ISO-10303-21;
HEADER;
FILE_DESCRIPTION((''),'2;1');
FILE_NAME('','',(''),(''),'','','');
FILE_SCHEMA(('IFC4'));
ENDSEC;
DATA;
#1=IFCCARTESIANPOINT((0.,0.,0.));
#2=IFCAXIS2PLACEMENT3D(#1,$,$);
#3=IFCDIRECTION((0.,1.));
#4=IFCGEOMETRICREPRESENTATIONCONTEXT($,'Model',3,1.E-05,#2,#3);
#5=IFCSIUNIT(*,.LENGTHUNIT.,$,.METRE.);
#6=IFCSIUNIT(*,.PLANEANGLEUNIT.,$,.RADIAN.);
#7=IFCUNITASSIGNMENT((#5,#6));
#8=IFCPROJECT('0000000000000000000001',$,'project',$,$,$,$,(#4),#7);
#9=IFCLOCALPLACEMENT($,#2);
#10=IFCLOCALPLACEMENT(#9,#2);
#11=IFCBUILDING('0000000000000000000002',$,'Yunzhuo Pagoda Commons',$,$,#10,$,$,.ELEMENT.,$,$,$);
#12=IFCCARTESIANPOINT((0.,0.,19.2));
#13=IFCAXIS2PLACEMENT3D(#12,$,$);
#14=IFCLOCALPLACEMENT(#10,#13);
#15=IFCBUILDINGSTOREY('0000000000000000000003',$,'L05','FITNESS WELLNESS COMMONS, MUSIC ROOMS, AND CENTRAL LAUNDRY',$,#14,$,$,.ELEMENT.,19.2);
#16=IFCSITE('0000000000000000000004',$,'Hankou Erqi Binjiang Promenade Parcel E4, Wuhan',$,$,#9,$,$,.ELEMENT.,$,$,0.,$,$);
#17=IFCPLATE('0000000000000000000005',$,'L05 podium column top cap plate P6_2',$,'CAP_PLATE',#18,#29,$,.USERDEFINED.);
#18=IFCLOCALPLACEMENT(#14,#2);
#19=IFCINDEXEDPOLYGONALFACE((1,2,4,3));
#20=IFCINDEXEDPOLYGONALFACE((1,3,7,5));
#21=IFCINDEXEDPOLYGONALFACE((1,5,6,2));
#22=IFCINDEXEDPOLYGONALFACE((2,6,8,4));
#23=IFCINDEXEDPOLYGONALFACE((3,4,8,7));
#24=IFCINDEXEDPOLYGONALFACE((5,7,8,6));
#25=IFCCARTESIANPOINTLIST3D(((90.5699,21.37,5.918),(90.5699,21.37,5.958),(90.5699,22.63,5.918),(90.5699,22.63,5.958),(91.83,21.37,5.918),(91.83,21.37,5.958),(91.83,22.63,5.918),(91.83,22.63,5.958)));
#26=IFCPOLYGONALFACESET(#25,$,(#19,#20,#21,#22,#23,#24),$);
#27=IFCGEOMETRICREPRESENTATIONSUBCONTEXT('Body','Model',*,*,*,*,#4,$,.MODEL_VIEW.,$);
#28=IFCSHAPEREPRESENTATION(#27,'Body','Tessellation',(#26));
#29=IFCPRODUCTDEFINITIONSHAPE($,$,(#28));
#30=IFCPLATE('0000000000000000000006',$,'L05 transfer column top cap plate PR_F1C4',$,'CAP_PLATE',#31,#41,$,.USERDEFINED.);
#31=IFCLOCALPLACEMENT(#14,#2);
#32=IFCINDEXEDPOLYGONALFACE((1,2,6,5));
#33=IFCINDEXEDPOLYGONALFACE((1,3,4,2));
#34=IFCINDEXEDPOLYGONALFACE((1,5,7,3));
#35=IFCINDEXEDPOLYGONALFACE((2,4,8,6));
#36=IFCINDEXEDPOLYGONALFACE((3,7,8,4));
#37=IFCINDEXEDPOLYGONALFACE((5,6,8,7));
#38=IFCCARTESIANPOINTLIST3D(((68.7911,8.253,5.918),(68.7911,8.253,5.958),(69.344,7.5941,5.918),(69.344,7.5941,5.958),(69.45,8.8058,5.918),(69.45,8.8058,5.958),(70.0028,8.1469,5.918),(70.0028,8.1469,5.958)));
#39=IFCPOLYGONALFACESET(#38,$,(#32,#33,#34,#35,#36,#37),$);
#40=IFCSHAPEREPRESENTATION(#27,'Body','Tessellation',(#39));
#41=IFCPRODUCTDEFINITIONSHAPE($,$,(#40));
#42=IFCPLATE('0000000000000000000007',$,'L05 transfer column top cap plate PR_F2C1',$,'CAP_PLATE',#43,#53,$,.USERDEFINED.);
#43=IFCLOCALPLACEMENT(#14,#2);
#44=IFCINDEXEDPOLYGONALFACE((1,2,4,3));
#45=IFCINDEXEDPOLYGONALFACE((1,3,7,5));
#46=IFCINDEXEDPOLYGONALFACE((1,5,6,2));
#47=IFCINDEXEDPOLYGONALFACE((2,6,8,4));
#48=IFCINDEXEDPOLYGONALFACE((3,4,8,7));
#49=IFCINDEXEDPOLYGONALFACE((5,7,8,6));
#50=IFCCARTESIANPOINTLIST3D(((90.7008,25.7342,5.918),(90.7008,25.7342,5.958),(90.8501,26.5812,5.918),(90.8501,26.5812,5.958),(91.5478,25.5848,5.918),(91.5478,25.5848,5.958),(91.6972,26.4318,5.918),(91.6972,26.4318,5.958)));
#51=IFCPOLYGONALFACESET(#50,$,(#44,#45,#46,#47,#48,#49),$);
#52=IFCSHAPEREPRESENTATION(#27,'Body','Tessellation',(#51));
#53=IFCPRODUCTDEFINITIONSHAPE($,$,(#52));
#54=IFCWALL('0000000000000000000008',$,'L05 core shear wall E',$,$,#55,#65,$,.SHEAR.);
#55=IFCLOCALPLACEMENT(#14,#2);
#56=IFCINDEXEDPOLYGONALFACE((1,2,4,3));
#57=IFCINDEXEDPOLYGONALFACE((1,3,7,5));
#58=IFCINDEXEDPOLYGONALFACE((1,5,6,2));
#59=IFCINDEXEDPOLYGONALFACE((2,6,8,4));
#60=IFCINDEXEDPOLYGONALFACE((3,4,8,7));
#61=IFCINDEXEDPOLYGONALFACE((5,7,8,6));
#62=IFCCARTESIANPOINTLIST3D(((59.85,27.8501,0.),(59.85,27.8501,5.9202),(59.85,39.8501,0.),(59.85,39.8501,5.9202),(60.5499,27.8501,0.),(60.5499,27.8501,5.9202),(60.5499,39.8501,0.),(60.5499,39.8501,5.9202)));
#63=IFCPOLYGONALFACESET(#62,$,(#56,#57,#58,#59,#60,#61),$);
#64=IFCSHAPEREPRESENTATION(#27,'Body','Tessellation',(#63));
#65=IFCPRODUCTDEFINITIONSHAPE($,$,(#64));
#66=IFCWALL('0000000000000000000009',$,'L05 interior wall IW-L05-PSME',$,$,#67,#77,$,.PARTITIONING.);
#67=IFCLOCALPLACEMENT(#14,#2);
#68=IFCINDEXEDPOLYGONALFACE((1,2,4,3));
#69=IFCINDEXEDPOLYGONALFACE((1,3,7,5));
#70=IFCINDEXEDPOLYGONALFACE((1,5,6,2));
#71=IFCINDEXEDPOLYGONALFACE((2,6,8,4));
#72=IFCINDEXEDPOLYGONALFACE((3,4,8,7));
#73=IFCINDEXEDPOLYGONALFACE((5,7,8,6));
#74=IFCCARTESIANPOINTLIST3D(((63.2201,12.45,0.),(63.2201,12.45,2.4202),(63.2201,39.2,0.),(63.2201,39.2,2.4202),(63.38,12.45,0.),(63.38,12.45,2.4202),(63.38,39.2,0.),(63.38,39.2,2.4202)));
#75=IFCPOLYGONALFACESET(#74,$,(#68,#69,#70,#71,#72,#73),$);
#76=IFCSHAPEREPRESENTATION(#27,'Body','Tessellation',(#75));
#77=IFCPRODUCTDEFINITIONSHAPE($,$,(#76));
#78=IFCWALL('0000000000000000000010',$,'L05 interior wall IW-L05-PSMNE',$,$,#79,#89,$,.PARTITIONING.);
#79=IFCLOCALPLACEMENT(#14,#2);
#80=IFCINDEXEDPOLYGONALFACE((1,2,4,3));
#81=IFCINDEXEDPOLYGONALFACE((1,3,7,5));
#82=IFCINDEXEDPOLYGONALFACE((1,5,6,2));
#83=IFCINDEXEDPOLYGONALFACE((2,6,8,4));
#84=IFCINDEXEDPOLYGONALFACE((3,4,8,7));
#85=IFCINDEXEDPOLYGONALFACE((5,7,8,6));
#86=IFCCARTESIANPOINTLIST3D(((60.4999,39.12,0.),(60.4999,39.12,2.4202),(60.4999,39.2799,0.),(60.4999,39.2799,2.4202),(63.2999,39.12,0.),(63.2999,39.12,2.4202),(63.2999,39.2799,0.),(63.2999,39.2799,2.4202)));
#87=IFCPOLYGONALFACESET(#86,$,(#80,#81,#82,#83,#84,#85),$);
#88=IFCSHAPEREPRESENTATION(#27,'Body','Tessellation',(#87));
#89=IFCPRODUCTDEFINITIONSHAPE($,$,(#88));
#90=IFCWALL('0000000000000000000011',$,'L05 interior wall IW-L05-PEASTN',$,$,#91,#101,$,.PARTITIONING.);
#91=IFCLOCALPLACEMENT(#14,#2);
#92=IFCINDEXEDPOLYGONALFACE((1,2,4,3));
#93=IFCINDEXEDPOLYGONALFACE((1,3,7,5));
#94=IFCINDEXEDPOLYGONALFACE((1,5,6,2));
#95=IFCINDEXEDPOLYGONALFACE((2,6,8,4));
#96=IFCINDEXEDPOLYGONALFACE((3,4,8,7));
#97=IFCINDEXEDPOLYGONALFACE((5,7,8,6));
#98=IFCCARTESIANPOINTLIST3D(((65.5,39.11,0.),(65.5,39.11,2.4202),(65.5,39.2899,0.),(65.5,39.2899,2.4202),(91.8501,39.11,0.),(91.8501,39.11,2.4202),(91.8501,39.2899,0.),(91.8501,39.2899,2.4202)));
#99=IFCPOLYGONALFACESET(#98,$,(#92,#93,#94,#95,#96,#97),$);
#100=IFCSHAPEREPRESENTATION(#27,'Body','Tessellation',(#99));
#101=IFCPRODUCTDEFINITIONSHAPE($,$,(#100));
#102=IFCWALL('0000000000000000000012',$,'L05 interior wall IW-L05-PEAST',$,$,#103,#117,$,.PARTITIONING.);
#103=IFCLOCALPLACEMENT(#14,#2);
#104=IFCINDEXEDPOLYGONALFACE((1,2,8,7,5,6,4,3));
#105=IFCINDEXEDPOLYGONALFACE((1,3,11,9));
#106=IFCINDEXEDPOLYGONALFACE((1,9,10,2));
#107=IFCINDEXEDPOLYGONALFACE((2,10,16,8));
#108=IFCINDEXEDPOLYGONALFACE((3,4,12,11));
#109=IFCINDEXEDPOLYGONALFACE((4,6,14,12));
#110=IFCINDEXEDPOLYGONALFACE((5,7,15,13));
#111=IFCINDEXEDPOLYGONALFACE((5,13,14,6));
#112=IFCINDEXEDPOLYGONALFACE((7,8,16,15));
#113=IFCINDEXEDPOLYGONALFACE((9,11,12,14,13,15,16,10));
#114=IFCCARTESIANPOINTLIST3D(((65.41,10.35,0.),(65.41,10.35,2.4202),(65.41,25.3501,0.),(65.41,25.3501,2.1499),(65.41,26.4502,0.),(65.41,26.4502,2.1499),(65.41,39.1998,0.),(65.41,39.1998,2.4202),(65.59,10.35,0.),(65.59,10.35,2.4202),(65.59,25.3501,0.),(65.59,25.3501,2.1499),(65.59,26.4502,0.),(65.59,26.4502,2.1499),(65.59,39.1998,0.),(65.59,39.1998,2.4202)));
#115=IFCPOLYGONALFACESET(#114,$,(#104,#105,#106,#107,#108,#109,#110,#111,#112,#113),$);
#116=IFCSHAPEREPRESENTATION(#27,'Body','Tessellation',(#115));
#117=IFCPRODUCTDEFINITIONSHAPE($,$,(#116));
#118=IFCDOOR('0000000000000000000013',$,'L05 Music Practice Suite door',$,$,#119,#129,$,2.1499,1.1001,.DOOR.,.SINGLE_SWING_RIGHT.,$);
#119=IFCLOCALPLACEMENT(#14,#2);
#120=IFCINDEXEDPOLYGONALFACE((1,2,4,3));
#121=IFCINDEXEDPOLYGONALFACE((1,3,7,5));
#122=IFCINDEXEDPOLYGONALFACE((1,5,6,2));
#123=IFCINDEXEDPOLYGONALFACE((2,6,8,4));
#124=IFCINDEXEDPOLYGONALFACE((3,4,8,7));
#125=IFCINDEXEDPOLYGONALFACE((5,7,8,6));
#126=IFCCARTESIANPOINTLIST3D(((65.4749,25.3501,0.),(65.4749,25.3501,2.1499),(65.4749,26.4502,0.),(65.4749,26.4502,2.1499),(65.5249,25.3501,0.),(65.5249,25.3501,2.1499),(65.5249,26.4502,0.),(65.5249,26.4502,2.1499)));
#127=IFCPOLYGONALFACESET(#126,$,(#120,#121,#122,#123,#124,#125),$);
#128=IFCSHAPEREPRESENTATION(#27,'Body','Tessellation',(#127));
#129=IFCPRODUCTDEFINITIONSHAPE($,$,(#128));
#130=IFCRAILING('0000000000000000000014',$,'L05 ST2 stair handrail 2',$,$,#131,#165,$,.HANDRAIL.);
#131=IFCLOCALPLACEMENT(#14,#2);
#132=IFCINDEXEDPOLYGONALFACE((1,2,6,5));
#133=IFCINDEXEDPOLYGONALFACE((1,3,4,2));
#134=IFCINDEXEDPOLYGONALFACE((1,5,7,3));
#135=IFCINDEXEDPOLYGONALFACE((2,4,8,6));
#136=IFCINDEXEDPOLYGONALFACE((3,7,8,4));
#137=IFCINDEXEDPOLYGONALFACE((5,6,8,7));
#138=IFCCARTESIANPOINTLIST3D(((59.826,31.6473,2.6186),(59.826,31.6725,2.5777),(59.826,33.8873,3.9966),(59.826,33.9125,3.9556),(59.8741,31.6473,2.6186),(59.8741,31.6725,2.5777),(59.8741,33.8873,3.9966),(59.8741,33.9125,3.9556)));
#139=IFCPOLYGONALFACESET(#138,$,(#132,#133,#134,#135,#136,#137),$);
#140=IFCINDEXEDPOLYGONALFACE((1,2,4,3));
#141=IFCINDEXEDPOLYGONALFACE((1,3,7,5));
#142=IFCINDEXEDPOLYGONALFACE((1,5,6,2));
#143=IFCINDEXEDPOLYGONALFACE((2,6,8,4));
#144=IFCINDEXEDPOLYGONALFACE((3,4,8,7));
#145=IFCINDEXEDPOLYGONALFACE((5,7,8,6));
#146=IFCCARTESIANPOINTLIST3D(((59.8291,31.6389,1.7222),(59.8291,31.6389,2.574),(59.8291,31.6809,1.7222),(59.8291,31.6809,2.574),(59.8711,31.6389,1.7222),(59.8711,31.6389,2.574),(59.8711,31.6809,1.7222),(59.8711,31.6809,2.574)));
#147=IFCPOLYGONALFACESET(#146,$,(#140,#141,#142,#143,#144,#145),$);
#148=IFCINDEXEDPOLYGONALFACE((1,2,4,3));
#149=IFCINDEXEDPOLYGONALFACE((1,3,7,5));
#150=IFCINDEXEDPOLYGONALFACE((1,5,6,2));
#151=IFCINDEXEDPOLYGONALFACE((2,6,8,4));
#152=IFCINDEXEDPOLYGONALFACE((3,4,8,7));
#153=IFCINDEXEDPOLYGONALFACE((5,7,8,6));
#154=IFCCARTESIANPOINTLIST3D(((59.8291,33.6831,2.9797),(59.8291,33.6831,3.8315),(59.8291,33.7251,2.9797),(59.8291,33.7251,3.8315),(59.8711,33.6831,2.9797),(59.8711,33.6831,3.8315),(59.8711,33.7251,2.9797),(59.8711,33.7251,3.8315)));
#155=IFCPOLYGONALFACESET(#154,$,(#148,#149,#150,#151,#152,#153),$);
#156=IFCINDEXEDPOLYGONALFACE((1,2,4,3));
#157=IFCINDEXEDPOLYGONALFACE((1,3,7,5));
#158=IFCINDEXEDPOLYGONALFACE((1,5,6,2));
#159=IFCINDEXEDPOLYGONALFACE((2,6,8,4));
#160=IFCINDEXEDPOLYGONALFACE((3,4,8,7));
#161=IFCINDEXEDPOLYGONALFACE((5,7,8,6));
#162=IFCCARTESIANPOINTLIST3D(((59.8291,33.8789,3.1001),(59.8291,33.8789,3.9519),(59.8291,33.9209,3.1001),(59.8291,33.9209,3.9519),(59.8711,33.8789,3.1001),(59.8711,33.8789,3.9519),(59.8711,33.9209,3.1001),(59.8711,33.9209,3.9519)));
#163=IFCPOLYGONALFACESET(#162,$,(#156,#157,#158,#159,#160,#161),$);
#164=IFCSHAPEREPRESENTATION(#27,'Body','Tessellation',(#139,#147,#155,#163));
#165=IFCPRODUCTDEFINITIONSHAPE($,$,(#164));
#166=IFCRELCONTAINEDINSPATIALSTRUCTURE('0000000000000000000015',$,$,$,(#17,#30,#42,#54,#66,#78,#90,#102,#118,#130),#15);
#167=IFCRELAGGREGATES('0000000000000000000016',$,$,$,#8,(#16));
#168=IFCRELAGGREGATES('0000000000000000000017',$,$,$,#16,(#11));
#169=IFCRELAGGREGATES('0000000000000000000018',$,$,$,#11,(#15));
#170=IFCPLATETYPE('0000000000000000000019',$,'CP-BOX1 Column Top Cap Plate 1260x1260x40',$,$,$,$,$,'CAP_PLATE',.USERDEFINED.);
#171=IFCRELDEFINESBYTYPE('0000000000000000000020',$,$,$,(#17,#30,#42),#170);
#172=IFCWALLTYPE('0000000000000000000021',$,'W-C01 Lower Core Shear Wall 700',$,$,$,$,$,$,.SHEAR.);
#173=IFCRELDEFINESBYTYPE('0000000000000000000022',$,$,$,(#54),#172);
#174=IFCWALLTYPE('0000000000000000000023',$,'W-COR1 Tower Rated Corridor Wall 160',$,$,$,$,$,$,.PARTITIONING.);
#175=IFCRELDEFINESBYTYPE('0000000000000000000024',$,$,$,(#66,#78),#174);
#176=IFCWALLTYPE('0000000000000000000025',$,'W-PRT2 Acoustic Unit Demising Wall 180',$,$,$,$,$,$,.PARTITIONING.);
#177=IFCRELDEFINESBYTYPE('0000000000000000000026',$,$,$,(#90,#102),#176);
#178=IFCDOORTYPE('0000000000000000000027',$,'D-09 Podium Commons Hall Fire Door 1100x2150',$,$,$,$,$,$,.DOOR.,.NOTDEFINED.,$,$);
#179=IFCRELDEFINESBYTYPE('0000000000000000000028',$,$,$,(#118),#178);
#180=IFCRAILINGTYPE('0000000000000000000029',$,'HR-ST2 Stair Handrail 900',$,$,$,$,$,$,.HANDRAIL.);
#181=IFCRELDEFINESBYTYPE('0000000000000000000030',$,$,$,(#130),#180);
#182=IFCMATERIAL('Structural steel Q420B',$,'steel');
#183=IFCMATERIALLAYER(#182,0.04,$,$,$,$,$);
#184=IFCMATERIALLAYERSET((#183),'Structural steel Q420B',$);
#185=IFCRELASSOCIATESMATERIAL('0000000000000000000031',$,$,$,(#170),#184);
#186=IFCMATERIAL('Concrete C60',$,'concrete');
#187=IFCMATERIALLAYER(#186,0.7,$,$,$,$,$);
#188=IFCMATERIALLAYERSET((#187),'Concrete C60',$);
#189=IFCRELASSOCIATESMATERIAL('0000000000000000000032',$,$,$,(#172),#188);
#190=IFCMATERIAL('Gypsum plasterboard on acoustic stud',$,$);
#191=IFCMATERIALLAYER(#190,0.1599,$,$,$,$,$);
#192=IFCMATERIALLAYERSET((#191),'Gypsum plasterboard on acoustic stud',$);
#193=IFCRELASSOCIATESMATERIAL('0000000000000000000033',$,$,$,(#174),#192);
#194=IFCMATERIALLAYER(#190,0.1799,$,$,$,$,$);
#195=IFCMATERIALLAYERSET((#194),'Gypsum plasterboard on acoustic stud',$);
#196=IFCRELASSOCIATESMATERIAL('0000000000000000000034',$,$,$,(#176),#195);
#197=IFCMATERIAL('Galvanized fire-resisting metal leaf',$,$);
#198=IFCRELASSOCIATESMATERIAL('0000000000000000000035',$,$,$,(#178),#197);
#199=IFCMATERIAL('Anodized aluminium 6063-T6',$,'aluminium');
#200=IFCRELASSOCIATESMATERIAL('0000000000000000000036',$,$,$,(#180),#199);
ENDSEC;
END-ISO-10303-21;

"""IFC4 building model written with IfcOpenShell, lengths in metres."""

from ifc_helpers import new_model, si_unit, direction, frame, frame_2d, origin, origin_2d, place, context, subcontext, project, spatial, rectangle, extrude, source, transform, mapped, material, layer, layer_set, type_object, element, fill, save


model = new_model("IFC4")

# Units and contexts
model_context = context("Model", 3, precision=1e-05, world=origin(), true_north=direction((0.0, 1.0)))
body_context = subcontext(model_context, "Body", "Model", "MODEL_VIEW")
ifc_project = project(units=[si_unit("LENGTHUNIT", "METRE"), si_unit("PLANEANGLEUNIT", "RADIAN")], contexts=[model_context])

# Site, building, storey
site_placement = place(None, origin())
site = spatial("IfcSite", under=ifc_project, at=site_placement, Name="Hankou Erqi Binjiang Promenade Parcel E4, Wuhan", CompositionType="ELEMENT", RefElevation=0.0)
building_placement = place(site_placement, origin())
building = spatial("IfcBuilding", under=site, at=building_placement, Name="Yunzhuo Pagoda Commons", CompositionType="ELEMENT")
storey_placement = place(building_placement, frame((0.0, 0.0, 19.2)))
storey = spatial("IfcBuildingStorey", under=building, at=storey_placement, Name="L05", Description="FITNESS WELLNESS COMMONS, MUSIC ROOMS, AND CENTRAL LAUNDRY", CompositionType="ELEMENT", Elevation=19.2)

# Shared definitions
ifc_material_1 = material(Name="Structural steel Q420B", Category="steel")

# Plates
ifc_layer_1 = layer(ifc_material_1, 0.04)
ifc_layer_set_1 = layer_set([ifc_layer_1], Name="Structural steel Q420B")
plate_type = type_object("IfcPlateType", Name="CP-BOX1 Column Top Cap Plate 1260x1260x40", ElementType="CAP_PLATE", PredefinedType="USERDEFINED", material=ifc_layer_set_1)
shared_shape_1 = source(origin(), body_context, "Body", "SweptSolid", [
    extrude(rectangle(XDim=1.26, YDim=1.26, at=origin_2d()), origin(), (0.0, 0.0, 1.0), 0.04),
])
for number, where, z_axis, x_axis, name in (
    (1, (91.2, 22.0, 5.918), (0.0, 0.0, 1.0), (1.0, 0.0, 0.0), "L05 podium column top cap plate P6_2"),
):
    element("IfcPlate", number, at=place(storey_placement, frame(where, z_axis=z_axis, x_axis=x_axis)), inside=storey, type_object=plate_type, Name=name, ObjectType="CAP_PLATE", PredefinedType="USERDEFINED", context=body_context, shape_type="MappedRepresentation", body=[
        mapped(shared_shape_1, transform((0.0, 0.0, 0.0), scale=1.0)),
    ])
shared_shape_2 = source(origin(), body_context, "Body", "SweptSolid", [
    extrude(rectangle(XDim=0.8601, YDim=0.8601, at=origin_2d()), origin(), (0.0, 0.0, 1.0), 0.04),
])
for number, where, z_axis, x_axis, name in (
    (2, (69.397, 8.2, 5.918), (0.0, 0.0, 1.0), (0.766044, 0.642788, 0.0), "L05 transfer column top cap plate PR_F1C4"),
    (3, (91.199, 26.083, 5.918), (0.0, 0.0, 1.0), (0.173648, 0.984808, 0.0), "L05 transfer column top cap plate PR_F2C1"),
):
    element("IfcPlate", number, at=place(storey_placement, frame(where, z_axis=z_axis, x_axis=x_axis)), inside=storey, type_object=plate_type, Name=name, ObjectType="CAP_PLATE", PredefinedType="USERDEFINED", context=body_context, shape_type="MappedRepresentation", body=[
        mapped(shared_shape_2, transform((0.0, 0.0, 0.0), scale=1.0)),
    ])

# Walls
ifc_material_2 = material(Name="Concrete C60", Category="concrete")
ifc_layer_2 = layer(ifc_material_2, 0.7)
ifc_layer_set_2 = layer_set([ifc_layer_2], Name="Concrete C60")
wall_type_1 = type_object("IfcWallType", Name="W-C01 Lower Core Shear Wall 700", PredefinedType="SHEAR", material=ifc_layer_set_2)
wall_1_placement = place(storey_placement, frame((60.2, 27.8501, 0.0), z_axis=(0.0, 0.0, 1.0), x_axis=(0.0, 1.0, 0.0)))
element("IfcWall", 4, at=wall_1_placement, inside=storey, type_object=wall_type_1, Name="L05 core shear wall E", PredefinedType="SHEAR", context=body_context, shape_type="SweptSolid", body=[
    extrude(rectangle(XDim=12.0, YDim=0.7, at=frame_2d((6.0, 0.0))), origin(), (0.0, 0.0, 1.0), 5.9202),
])
ifc_material_3 = material(Name="Gypsum plasterboard on acoustic stud")
ifc_layer_3 = layer(ifc_material_3, 0.1599)
ifc_layer_set_3 = layer_set([ifc_layer_3], Name="Gypsum plasterboard on acoustic stud")
wall_type_2 = type_object("IfcWallType", Name="W-COR1 Tower Rated Corridor Wall 160", PredefinedType="PARTITIONING", material=ifc_layer_set_3)
wall_2_placement = place(storey_placement, frame((63.3, 12.45, 0.0), z_axis=(0.0, 0.0, 1.0), x_axis=(0.0, 1.0, 0.0)))
element("IfcWall", 5, at=wall_2_placement, inside=storey, type_object=wall_type_2, Name="L05 interior wall IW-L05-PSME", PredefinedType="PARTITIONING", context=body_context, shape_type="SweptSolid", body=[
    extrude(rectangle(XDim=26.75, YDim=0.1599, at=frame_2d((13.375, 0.0))), origin(), (0.0, 0.0, 1.0), 2.4202),
])
wall_3_placement = place(storey_placement, frame((60.5, 39.2, 0.0), z_axis=(0.0, 0.0, 1.0), x_axis=(1.0, 0.0, 0.0)))
element("IfcWall", 6, at=wall_3_placement, inside=storey, type_object=wall_type_2, Name="L05 interior wall IW-L05-PSMNE", PredefinedType="PARTITIONING", context=body_context, shape_type="SweptSolid", body=[
    extrude(rectangle(XDim=2.8, YDim=0.1599, at=frame_2d((1.3999, 0.0))), origin(), (0.0, 0.0, 1.0), 2.4202),
])
ifc_layer_4 = layer(ifc_material_3, 0.1799)
ifc_layer_set_4 = layer_set([ifc_layer_4], Name="Gypsum plasterboard on acoustic stud")
wall_type_3 = type_object("IfcWallType", Name="W-PRT2 Acoustic Unit Demising Wall 180", PredefinedType="PARTITIONING", material=ifc_layer_set_4)
wall_4_placement = place(storey_placement, frame((65.5, 39.2, 0.0), z_axis=(0.0, 0.0, 1.0), x_axis=(1.0, 0.0, 0.0)))
element("IfcWall", 7, at=wall_4_placement, inside=storey, type_object=wall_type_3, Name="L05 interior wall IW-L05-PEASTN", PredefinedType="PARTITIONING", context=body_context, shape_type="SweptSolid", body=[
    extrude(rectangle(XDim=26.3501, YDim=0.1799, at=frame_2d((13.175, 0.0))), origin(), (0.0, 0.0, 1.0), 2.4202),
])

# Wall, opening, door
wall_5_placement = place(storey_placement, frame((65.5, 10.3501, 0.0), z_axis=(0.0, 0.0, 1.0), x_axis=(0.0, 1.0, 0.0)))
wall_5 = element("IfcWall", 8, at=wall_5_placement, inside=storey, type_object=wall_type_3, Name="L05 interior wall IW-L05-PEAST", PredefinedType="PARTITIONING", context=body_context, shape_type="SweptSolid", body=[
    extrude(rectangle(XDim=28.8499, YDim=0.1799, at=frame_2d((14.4248, 0.0))), origin(), (0.0, 0.0, 1.0), 2.4202),
])
opening_placement = place(wall_5_placement, frame((15.0, 0.0, 0.0)))
opening = element("IfcOpeningElement", 9, at=opening_placement, cuts=wall_5, PredefinedType="OPENING", context=body_context, shape_type="SweptSolid", body=[
    extrude(rectangle(XDim=1.1001, YDim=2.1499, at=frame_2d((0.55, 1.075))), frame((0.0, 0.1001, 0.0), z_axis=(0.0, -1.0, 0.0), x_axis=(1.0, 0.0, 0.0)), (0.0, 0.0, 1.0), 0.2),
])
ifc_material_4 = material(Name="Galvanized fire-resisting metal leaf")
door_type = type_object("IfcDoorType", Name="D-09 Podium Commons Hall Fire Door 1100x2150", OperationType="NOTDEFINED", PredefinedType="DOOR", material=ifc_material_4)
shared_shape_3 = source(origin(), body_context, "Body", "SweptSolid", [
    extrude(rectangle(XDim=1.1001, YDim=2.1499, at=frame_2d((0.55, 1.075))), frame((0.0, 0.0249, 0.0), z_axis=(0.0, -1.0, 0.0), x_axis=(1.0, 0.0, 0.0)), (0.0, 0.0, 1.0), 0.05),
])
door_placement = place(opening_placement, frame((1.1001, 0.0, 0.0), z_axis=(0.0, 0.0, 1.0), x_axis=(-1.0, 0.0, 0.0)))
door = element("IfcDoor", 10, at=door_placement, inside=storey, type_object=door_type, Name="L05 Music Practice Suite door", OperationType="SINGLE_SWING_RIGHT", OverallHeight=2.1499, OverallWidth=1.1001, PredefinedType="DOOR", context=body_context, shape_type="MappedRepresentation", body=[
    mapped(shared_shape_3, transform((0.0, 0.0, 0.0), scale=1.0)),
])
fill(opening, door)

# Railing
ifc_material_5 = material(Name="Anodized aluminium 6063-T6", Category="aluminium")
railing_type = type_object("IfcRailingType", Name="HR-ST2 Stair Handrail 900", PredefinedType="HANDRAIL", material=ifc_material_5)
railing_1_placement = place(storey_placement, frame((59.8501, 31.6599, 1.7222)))
element("IfcRailing", 11, at=railing_1_placement, inside=storey, type_object=railing_type, Name="L05 ST2 stair handrail 2", PredefinedType="HANDRAIL", context=body_context, shape_type="SweptSolid", body=[
    extrude(rectangle(XDim=0.0481, YDim=0.0481, at=origin_2d()), frame((0.0, 0.0, 0.876), z_axis=(0.0, 0.851748, 0.523952), x_axis=(-1.0, 0.0, 0.0)), (0.0, 0.0, 1.0), 2.6299),
    extrude(rectangle(XDim=0.042, YDim=0.042, at=origin_2d()), origin(), (0.0, 0.0, 1.0), 0.8518),
    extrude(rectangle(XDim=0.042, YDim=0.042, at=origin_2d()), frame((0.0, 2.0442, 1.2576)), (0.0, 0.0, 1.0), 0.8518),
    extrude(rectangle(XDim=0.042, YDim=0.042, at=origin_2d()), frame((0.0, 2.24, 1.3779)), (0.0, 0.0, 1.0), 0.8518),
])

save(model, "model.ifc")
